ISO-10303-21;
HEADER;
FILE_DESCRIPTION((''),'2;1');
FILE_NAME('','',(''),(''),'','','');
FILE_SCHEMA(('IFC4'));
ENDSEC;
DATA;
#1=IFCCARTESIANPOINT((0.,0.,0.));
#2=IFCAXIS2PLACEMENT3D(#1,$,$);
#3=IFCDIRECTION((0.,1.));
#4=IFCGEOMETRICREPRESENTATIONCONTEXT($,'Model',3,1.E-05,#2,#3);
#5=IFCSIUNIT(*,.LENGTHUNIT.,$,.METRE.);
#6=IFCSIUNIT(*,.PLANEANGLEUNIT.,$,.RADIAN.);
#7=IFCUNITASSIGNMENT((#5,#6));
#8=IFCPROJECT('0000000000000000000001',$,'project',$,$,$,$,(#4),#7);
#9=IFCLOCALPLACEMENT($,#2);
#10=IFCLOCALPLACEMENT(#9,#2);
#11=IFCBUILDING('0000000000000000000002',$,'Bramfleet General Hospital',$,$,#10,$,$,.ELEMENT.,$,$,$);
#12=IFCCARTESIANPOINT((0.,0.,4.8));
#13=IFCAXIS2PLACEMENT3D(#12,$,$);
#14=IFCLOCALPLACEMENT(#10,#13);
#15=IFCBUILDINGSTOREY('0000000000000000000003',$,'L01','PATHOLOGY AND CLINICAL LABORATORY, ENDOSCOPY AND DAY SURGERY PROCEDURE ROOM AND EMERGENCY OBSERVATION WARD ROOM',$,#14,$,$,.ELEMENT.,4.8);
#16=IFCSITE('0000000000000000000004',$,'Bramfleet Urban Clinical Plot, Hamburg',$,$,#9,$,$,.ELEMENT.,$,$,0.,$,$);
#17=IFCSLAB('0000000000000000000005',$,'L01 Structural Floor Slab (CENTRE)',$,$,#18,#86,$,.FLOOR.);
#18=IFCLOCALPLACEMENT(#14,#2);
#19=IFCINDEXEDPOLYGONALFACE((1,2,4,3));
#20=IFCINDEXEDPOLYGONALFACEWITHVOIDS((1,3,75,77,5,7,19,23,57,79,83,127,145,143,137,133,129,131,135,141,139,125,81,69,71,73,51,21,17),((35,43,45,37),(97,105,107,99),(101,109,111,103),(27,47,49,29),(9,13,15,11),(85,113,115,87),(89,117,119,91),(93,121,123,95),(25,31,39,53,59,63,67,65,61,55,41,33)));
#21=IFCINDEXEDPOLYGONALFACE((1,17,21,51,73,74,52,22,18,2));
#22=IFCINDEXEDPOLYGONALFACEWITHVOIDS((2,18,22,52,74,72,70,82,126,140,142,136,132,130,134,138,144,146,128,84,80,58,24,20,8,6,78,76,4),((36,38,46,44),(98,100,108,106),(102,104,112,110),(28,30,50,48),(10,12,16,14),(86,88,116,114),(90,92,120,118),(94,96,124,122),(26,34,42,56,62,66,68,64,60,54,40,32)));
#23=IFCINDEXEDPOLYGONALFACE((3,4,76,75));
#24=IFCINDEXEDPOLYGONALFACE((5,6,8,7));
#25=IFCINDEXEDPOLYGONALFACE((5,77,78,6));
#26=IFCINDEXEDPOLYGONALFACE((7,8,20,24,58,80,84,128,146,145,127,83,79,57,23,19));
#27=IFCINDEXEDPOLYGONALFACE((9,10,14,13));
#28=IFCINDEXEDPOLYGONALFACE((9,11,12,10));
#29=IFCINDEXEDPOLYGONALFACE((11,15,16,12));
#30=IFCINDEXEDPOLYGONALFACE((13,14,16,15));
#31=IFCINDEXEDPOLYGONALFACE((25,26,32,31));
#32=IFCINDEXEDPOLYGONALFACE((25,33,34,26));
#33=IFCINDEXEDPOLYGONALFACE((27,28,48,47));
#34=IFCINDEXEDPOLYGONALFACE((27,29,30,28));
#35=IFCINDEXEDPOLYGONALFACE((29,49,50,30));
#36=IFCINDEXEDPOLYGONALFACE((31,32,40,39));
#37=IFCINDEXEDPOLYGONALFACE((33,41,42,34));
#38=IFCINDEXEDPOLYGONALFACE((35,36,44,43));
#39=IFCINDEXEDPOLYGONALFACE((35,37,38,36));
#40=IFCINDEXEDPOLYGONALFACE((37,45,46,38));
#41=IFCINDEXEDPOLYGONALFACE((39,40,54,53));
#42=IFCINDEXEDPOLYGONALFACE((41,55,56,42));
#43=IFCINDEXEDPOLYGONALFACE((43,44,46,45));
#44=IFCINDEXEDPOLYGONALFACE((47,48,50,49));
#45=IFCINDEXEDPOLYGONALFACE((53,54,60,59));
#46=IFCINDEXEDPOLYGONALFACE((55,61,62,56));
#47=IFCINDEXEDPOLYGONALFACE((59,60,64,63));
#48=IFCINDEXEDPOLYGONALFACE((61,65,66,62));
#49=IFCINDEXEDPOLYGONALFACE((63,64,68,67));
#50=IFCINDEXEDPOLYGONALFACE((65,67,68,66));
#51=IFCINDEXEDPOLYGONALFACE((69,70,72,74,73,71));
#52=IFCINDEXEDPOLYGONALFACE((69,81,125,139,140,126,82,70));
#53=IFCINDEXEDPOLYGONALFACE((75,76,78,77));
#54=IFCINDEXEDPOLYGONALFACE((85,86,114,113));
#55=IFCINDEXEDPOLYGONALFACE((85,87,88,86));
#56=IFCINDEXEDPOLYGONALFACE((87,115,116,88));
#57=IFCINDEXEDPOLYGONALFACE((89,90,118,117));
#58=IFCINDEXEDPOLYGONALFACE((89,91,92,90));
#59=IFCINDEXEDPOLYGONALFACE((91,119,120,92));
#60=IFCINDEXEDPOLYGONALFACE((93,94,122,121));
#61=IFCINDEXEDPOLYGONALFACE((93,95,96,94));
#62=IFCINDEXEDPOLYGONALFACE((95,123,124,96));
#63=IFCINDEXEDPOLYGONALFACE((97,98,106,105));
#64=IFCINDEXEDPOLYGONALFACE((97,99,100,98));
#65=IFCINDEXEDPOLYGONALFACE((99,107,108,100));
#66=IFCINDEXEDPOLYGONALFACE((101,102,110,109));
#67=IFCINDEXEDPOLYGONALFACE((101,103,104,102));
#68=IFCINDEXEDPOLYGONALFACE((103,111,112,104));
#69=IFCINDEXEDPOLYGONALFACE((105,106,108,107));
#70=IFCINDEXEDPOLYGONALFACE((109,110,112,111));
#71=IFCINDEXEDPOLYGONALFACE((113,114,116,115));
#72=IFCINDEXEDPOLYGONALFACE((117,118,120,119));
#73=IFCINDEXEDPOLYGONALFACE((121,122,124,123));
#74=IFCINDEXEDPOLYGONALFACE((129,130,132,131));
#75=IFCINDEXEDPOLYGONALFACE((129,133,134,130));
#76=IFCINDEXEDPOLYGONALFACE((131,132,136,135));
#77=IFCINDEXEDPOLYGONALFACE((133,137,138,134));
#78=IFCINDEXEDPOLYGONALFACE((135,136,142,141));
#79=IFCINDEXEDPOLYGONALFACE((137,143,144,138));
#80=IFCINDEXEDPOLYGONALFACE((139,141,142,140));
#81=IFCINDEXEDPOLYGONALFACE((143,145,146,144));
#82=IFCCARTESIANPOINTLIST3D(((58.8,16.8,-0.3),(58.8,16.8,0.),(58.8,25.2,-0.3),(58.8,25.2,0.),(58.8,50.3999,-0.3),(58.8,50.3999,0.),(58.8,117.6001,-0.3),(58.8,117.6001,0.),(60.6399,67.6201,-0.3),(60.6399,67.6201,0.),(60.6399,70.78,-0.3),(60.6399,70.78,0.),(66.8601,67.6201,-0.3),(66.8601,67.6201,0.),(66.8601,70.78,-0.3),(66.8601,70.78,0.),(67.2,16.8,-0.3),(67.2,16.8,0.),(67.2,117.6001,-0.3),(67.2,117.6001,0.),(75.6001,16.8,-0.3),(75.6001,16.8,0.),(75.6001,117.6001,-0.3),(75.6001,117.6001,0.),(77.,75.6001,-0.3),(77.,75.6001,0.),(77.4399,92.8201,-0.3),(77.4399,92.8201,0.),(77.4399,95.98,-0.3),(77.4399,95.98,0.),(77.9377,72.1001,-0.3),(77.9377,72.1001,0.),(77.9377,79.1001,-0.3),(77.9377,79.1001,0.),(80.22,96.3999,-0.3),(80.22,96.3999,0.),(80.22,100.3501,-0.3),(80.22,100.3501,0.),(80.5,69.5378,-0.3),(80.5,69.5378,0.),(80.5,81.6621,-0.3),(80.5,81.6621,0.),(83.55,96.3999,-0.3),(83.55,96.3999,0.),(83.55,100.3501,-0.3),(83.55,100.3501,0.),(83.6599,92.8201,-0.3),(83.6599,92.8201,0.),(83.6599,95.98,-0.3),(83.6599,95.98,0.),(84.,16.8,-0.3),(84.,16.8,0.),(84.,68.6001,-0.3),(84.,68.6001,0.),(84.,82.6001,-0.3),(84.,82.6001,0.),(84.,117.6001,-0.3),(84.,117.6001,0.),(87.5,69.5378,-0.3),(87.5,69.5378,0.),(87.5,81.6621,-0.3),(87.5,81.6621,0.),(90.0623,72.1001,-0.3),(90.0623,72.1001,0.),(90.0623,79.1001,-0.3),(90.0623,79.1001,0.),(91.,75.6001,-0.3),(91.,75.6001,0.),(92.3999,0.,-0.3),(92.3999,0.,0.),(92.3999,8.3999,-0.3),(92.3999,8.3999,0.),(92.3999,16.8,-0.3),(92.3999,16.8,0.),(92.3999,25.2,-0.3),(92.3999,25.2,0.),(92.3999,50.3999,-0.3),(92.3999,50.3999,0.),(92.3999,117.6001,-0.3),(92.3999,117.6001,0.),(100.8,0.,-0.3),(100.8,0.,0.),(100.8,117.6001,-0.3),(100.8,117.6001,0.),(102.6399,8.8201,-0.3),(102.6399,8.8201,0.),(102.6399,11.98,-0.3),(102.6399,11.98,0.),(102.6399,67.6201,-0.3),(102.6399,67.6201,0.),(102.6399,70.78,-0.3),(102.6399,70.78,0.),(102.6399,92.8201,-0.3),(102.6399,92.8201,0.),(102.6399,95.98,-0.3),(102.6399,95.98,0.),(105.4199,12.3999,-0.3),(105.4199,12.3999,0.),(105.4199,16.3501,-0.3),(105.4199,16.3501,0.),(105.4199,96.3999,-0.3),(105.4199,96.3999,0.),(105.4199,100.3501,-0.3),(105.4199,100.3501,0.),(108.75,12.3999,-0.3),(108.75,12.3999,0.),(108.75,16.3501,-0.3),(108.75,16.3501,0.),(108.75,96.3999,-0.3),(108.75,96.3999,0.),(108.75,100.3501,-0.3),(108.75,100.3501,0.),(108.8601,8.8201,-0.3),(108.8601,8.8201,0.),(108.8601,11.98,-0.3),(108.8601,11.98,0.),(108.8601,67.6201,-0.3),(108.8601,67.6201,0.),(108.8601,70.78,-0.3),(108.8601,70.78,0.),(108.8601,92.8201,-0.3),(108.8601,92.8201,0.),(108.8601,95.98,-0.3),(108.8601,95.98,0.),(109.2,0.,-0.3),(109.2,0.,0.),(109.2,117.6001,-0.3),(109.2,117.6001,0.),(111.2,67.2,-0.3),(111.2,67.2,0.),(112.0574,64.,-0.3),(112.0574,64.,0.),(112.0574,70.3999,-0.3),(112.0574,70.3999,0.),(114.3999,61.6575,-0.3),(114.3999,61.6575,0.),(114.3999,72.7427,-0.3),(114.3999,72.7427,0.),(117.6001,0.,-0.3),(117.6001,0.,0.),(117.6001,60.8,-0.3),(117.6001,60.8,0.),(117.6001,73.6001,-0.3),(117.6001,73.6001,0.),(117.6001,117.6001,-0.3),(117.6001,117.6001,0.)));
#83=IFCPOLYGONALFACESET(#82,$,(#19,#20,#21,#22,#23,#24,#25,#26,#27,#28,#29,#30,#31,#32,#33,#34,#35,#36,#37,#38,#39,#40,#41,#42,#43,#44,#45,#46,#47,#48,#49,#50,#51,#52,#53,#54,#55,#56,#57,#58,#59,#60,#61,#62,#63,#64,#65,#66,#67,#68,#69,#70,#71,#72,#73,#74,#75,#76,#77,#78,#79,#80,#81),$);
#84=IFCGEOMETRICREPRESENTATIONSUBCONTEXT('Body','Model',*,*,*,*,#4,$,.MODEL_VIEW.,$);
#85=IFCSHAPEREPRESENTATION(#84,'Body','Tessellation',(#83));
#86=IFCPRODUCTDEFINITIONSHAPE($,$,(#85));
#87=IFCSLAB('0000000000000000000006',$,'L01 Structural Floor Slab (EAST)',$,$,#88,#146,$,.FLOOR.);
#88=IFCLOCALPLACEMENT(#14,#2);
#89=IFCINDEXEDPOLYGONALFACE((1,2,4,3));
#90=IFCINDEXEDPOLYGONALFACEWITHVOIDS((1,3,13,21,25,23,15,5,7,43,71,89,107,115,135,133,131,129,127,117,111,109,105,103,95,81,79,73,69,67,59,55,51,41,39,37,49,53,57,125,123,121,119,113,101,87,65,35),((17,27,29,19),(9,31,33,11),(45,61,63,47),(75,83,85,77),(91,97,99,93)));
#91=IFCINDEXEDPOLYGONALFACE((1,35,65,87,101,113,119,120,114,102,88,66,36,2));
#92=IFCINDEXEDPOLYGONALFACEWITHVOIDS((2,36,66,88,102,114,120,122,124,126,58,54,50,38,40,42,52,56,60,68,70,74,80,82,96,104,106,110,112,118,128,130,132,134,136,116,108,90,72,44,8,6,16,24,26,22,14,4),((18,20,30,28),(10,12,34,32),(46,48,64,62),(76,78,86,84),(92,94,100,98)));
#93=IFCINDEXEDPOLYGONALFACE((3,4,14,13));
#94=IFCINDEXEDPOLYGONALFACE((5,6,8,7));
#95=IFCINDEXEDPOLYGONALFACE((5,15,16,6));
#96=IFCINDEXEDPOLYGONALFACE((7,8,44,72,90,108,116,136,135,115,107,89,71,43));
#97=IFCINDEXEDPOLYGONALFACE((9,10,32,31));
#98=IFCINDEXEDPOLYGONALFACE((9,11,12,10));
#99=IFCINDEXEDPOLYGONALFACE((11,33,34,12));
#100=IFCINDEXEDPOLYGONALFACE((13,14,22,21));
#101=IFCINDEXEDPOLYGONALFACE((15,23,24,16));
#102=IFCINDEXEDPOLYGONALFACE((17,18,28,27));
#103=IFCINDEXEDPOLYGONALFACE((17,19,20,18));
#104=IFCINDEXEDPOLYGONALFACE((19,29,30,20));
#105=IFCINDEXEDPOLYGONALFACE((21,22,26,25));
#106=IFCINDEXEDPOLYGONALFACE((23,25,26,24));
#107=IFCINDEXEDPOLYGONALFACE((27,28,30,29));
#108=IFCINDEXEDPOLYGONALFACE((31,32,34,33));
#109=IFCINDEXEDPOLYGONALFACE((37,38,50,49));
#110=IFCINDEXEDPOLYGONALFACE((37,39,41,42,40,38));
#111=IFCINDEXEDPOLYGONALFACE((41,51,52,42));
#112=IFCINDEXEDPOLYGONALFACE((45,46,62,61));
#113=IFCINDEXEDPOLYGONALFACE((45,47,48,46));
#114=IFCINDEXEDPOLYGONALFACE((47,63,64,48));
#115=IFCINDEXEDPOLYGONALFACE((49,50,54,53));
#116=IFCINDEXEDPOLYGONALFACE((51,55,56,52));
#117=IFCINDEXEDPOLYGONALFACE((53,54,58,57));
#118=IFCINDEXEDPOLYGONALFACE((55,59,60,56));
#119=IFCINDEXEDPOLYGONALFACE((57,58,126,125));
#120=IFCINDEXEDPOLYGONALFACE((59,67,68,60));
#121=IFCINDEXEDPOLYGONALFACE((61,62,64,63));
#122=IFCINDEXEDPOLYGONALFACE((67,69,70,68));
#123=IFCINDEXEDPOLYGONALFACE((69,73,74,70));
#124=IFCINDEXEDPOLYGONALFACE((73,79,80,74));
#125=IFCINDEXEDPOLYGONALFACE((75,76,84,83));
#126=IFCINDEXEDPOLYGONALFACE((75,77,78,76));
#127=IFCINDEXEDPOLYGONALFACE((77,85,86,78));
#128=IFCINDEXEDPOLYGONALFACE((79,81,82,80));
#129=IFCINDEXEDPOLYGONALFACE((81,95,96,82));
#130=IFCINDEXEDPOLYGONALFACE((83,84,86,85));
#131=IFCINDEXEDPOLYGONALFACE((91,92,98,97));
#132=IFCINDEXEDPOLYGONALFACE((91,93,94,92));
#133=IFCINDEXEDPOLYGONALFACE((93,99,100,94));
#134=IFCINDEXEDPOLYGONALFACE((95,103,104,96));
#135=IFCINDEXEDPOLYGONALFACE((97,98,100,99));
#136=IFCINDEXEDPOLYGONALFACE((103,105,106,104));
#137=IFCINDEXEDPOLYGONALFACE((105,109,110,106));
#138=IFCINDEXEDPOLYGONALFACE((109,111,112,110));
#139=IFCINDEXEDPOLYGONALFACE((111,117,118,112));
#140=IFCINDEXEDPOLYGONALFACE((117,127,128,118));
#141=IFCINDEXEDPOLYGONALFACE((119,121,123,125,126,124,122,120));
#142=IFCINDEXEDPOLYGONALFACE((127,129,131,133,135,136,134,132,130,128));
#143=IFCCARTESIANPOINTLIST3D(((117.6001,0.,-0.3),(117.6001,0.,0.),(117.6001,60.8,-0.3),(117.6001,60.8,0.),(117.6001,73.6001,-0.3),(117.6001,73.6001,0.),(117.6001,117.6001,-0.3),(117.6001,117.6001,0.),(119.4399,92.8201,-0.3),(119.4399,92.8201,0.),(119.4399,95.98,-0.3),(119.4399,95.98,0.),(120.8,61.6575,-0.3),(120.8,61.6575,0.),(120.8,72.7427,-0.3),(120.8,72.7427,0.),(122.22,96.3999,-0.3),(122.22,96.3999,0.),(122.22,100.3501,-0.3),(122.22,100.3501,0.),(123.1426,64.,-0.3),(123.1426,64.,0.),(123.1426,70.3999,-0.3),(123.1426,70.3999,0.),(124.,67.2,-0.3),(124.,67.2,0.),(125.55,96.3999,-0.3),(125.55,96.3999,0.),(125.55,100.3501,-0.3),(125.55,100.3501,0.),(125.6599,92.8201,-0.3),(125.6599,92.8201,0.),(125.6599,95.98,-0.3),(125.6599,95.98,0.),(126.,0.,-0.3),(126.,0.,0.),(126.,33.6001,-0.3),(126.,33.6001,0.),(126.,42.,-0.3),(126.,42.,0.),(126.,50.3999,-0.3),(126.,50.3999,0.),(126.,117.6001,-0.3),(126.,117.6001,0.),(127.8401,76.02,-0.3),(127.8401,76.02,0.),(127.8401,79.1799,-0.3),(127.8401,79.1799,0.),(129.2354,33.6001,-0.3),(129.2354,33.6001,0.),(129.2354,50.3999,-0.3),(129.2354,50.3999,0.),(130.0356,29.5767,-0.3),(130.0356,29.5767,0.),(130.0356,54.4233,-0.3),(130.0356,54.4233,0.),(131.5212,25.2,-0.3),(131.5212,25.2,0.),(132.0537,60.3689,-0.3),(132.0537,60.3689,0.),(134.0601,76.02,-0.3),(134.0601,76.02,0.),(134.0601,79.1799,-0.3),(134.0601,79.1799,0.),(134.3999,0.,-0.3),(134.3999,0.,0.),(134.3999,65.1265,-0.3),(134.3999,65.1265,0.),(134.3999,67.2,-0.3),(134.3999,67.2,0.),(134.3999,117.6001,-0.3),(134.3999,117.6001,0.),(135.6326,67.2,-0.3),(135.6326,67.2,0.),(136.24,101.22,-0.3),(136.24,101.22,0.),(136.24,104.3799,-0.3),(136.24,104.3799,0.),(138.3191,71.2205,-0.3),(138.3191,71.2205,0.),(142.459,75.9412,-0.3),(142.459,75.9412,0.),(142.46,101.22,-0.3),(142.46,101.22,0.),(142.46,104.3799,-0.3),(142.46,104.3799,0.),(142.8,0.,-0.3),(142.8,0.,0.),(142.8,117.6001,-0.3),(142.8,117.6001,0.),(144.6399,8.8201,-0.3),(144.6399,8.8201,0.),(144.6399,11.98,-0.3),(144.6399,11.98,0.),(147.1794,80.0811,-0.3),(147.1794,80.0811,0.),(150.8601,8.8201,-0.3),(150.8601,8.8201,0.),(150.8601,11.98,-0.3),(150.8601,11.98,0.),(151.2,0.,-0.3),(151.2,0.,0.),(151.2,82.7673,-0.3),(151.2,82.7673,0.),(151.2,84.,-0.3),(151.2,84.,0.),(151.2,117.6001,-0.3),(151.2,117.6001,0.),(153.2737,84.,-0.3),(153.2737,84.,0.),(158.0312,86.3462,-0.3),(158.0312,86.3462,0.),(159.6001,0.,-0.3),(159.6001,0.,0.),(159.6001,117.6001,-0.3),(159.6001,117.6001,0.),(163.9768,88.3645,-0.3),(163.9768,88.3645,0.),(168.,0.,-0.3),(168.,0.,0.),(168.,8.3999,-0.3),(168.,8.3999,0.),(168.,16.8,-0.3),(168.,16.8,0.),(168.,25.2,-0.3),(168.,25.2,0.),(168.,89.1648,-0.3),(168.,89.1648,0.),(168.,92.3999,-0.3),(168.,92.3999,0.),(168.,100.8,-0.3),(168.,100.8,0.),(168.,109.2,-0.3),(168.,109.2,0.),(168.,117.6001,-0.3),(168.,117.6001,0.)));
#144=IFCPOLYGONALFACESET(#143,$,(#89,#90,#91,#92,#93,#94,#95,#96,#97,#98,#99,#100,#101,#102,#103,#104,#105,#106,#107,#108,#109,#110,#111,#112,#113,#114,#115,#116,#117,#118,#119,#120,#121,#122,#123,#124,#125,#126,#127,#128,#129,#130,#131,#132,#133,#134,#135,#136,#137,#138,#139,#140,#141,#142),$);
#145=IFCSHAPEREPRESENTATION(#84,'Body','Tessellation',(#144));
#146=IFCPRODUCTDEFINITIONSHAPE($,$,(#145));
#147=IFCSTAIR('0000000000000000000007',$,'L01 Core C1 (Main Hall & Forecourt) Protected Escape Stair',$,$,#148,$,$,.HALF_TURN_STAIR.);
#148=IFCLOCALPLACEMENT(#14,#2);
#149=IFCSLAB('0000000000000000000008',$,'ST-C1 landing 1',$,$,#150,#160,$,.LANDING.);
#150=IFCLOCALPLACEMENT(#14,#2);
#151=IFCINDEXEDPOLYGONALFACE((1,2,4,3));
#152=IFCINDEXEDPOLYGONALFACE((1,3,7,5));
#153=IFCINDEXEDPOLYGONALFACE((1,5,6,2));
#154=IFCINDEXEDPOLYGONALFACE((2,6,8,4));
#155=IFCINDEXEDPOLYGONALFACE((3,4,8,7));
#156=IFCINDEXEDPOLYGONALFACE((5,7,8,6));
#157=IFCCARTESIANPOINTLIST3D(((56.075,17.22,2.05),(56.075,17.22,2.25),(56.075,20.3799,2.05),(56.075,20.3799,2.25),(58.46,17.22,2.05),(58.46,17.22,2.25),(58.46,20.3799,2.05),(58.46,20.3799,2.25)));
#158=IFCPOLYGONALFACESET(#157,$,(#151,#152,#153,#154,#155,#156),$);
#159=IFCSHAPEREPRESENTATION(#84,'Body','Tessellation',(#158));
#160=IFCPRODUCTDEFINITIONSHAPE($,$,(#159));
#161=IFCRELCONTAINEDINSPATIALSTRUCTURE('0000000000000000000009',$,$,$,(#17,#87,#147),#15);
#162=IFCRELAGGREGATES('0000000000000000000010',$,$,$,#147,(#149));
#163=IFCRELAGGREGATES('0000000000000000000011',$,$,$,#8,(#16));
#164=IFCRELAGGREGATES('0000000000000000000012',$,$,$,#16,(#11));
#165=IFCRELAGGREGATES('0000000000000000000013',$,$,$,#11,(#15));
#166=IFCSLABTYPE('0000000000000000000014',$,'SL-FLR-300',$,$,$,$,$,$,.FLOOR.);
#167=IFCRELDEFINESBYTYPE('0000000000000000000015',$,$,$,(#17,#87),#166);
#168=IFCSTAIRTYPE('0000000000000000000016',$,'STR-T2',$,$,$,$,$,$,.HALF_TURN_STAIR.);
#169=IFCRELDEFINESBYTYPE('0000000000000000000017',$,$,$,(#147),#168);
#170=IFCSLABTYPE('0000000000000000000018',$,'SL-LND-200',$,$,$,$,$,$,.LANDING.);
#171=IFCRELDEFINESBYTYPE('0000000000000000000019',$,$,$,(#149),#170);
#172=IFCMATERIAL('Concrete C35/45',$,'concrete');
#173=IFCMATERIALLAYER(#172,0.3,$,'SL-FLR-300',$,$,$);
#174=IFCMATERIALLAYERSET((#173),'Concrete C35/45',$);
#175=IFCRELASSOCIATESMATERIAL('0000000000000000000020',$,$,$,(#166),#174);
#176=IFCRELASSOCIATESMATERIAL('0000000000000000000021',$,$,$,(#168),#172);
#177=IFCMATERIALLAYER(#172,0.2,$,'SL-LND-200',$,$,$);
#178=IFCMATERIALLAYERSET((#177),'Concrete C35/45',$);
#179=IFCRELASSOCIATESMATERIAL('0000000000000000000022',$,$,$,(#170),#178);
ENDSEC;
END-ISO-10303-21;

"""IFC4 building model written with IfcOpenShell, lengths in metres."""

from ifc_helpers import new_model, si_unit, direction, frame, origin, place, context, subcontext, project, spatial, polyline, outline, extrude, material, layer, layer_set, type_object, element, aggregate, save


model = new_model("IFC4")

# Units and contexts
model_context = context("Model", 3, precision=1e-05, world=origin(), true_north=direction((0.0, 1.0)))
body_context = subcontext(model_context, "Body", "Model", "MODEL_VIEW")
ifc_project = project(units=[si_unit("LENGTHUNIT", "METRE"), si_unit("PLANEANGLEUNIT", "RADIAN")], contexts=[model_context])

# Site, building, storey
site_placement = place(None, origin())
site = spatial("IfcSite", under=ifc_project, at=site_placement, Name="Bramfleet Urban Clinical Plot, Hamburg", CompositionType="ELEMENT", RefElevation=0.0)
building_placement = place(site_placement, origin())
building = spatial("IfcBuilding", under=site, at=building_placement, Name="Bramfleet General Hospital", CompositionType="ELEMENT")
storey_placement = place(building_placement, frame((0.0, 0.0, 4.8)))
storey = spatial("IfcBuildingStorey", under=building, at=storey_placement, Name="L01", Description="PATHOLOGY AND CLINICAL LABORATORY, ENDOSCOPY AND DAY SURGERY PROCEDURE ROOM AND EMERGENCY OBSERVATION WARD ROOM", CompositionType="ELEMENT", Elevation=4.8)

# Shared definitions
ifc_material_1 = material(Name="Concrete C35/45", Category="concrete")

# Slabs
ifc_layer_1 = layer(ifc_material_1, 0.3, Name="SL-FLR-300")
ifc_layer_set_1 = layer_set([ifc_layer_1], Name="Concrete C35/45")
slab_type_1 = type_object("IfcSlabType", Name="SL-FLR-300", PredefinedType="FLOOR", material=ifc_layer_set_1)
slab_1_placement = place(storey_placement, frame((0.0, 0.0, -0.3)))
element("IfcSlab", 1, at=slab_1_placement, inside=storey, type_object=slab_type_1, Name="L01 Structural Floor Slab (CENTRE)", PredefinedType="FLOOR", context=body_context, shape_type="SweptSolid", body=[
    extrude(outline(polyline([(67.2, 117.6001), (75.6001, 117.6001), (84.0, 117.6001), (92.3999, 117.6001), (100.8, 117.6001), (109.2, 117.6001), (117.6001, 117.6001), (117.6001, 73.6001), (114.3999, 72.7427), (112.0574, 70.3999), (111.2, 67.2), (112.0574, 64.0), (114.3999, 61.6575), (117.6001, 60.8), (117.6001, 0.0), (109.2, 0.0), (100.8, 0.0), (92.3999, 0.0), (92.3999, 8.3999), (92.3999, 16.8), (84.0, 16.8), (75.6001, 16.8), (67.2, 16.8), (58.8, 16.8), (58.8, 25.2), (92.3999, 25.2), (92.3999, 50.3999), (58.8, 50.3999), (58.8, 117.6001), (67.2, 117.6001)]), holes=[polyline([(77.9377, 72.1001), (80.5, 69.5378), (84.0, 68.6001), (87.5, 69.5378), (90.0623, 72.1001), (91.0, 75.6001), (90.0623, 79.1001), (87.5, 81.6621), (84.0, 82.6001), (80.5, 81.6621), (77.9377, 79.1001), (77.0, 75.6001), (77.9377, 72.1001)]), polyline([(102.6399, 8.8201), (108.8601, 8.8201), (108.8601, 11.98), (102.6399, 11.98), (102.6399, 8.8201)]), polyline([(105.4199, 12.3999), (108.75, 12.3999), (108.75, 16.3501), (105.4199, 16.3501), (105.4199, 12.3999)]), polyline([(102.6399, 92.8201), (108.8601, 92.8201), (108.8601, 95.98), (102.6399, 95.98), (102.6399, 92.8201)]), polyline([(105.4199, 96.3999), (108.75, 96.3999), (108.75, 100.3501), (105.4199, 100.3501), (105.4199, 96.3999)]), polyline([(77.4399, 92.8201), (83.6599, 92.8201), (83.6599, 95.98), (77.4399, 95.98), (77.4399, 92.8201)]), polyline([(80.22, 96.3999), (83.55, 96.3999), (83.55, 100.3501), (80.22, 100.3501), (80.22, 96.3999)]), polyline([(102.6399, 67.6201), (108.8601, 67.6201), (108.8601, 70.78), (102.6399, 70.78), (102.6399, 67.6201)]), polyline([(60.6399, 67.6201), (66.8601, 67.6201), (66.8601, 70.78), (60.6399, 70.78), (60.6399, 67.6201)])]), origin(), (0.0, 0.0, 1.0), 0.3),
])
slab_2_placement = place(storey_placement, frame((0.0, 0.0, -0.3)))
element("IfcSlab", 2, at=slab_2_placement, inside=storey, type_object=slab_type_1, Name="L01 Structural Floor Slab (EAST)", PredefinedType="FLOOR", context=body_context, shape_type="SweptSolid", body=[
    extrude(outline(polyline([(126.0, 117.6001), (134.3999, 117.6001), (142.8, 117.6001), (151.2, 117.6001), (159.6001, 117.6001), (168.0, 117.6001), (168.0, 109.2), (168.0, 100.8), (168.0, 92.3999), (168.0, 89.1648), (163.9768, 88.3645), (158.0312, 86.3462), (153.2737, 84.0), (151.2, 84.0), (151.2, 82.7673), (147.1794, 80.0811), (142.459, 75.9412), (138.3191, 71.2205), (135.6326, 67.2), (134.3999, 67.2), (134.3999, 65.1265), (132.0537, 60.3689), (130.0356, 54.4233), (129.2354, 50.3999), (126.0, 50.3999), (126.0, 42.0), (126.0, 33.6001), (129.2354, 33.6001), (130.0356, 29.5767), (131.5212, 25.2), (168.0, 25.2), (168.0, 16.8), (168.0, 8.3999), (168.0, 0.0), (159.6001, 0.0), (151.2, 0.0), (142.8, 0.0), (134.3999, 0.0), (126.0, 0.0), (117.6001, 0.0), (117.6001, 60.8), (120.8, 61.6575), (123.1426, 64.0), (124.0, 67.2), (123.1426, 70.3999), (120.8, 72.7427), (117.6001, 73.6001), (117.6001, 117.6001), (126.0, 117.6001)]), holes=[polyline([(119.4399, 92.8201), (125.6599, 92.8201), (125.6599, 95.98), (119.4399, 95.98), (119.4399, 92.8201)]), polyline([(122.22, 96.3999), (125.55, 96.3999), (125.55, 100.3501), (122.22, 100.3501), (122.22, 96.3999)]), polyline([(136.24, 101.22), (142.46, 101.22), (142.46, 104.3799), (136.24, 104.3799), (136.24, 101.22)]), polyline([(144.6399, 8.8201), (150.8601, 8.8201), (150.8601, 11.98), (144.6399, 11.98), (144.6399, 8.8201)]), polyline([(127.8401, 76.02), (134.0601, 76.02), (134.0601, 79.1799), (127.8401, 79.1799), (127.8401, 76.02)])]), origin(), (0.0, 0.0, 1.0), 0.3),
])

# Stair, slab
stair_type = type_object("IfcStairType", Name="STR-T2", PredefinedType="HALF_TURN_STAIR", material=ifc_material_1)
stair_1_placement = place(storey_placement, origin())
stair_1 = element("IfcStair", 3, at=stair_1_placement, inside=storey, type_object=stair_type, Name="L01 Core C1 (Main Hall & Forecourt) Protected Escape Stair", PredefinedType="HALF_TURN_STAIR")
ifc_layer_2 = layer(ifc_material_1, 0.2, Name="SL-LND-200")
ifc_layer_set_2 = layer_set([ifc_layer_2], Name="Concrete C35/45")
slab_type_2 = type_object("IfcSlabType", Name="SL-LND-200", PredefinedType="LANDING", material=ifc_layer_set_2)
slab_3_placement = place(storey_placement, frame((0.0, 0.0, 2.05)))
slab_3 = element("IfcSlab", 4, at=slab_3_placement, type_object=slab_type_2, Name="ST-C1 landing 1", PredefinedType="LANDING", context=body_context, shape_type="SweptSolid", body=[
    extrude(outline(polyline([(56.075, 17.22), (58.46, 17.22), (58.46, 20.3799), (56.075, 20.3799), (56.075, 17.22)])), origin(), (0.0, 0.0, 1.0), 0.2),
])
aggregate(stair_1, [slab_3])

save(model, "model.ifc")
